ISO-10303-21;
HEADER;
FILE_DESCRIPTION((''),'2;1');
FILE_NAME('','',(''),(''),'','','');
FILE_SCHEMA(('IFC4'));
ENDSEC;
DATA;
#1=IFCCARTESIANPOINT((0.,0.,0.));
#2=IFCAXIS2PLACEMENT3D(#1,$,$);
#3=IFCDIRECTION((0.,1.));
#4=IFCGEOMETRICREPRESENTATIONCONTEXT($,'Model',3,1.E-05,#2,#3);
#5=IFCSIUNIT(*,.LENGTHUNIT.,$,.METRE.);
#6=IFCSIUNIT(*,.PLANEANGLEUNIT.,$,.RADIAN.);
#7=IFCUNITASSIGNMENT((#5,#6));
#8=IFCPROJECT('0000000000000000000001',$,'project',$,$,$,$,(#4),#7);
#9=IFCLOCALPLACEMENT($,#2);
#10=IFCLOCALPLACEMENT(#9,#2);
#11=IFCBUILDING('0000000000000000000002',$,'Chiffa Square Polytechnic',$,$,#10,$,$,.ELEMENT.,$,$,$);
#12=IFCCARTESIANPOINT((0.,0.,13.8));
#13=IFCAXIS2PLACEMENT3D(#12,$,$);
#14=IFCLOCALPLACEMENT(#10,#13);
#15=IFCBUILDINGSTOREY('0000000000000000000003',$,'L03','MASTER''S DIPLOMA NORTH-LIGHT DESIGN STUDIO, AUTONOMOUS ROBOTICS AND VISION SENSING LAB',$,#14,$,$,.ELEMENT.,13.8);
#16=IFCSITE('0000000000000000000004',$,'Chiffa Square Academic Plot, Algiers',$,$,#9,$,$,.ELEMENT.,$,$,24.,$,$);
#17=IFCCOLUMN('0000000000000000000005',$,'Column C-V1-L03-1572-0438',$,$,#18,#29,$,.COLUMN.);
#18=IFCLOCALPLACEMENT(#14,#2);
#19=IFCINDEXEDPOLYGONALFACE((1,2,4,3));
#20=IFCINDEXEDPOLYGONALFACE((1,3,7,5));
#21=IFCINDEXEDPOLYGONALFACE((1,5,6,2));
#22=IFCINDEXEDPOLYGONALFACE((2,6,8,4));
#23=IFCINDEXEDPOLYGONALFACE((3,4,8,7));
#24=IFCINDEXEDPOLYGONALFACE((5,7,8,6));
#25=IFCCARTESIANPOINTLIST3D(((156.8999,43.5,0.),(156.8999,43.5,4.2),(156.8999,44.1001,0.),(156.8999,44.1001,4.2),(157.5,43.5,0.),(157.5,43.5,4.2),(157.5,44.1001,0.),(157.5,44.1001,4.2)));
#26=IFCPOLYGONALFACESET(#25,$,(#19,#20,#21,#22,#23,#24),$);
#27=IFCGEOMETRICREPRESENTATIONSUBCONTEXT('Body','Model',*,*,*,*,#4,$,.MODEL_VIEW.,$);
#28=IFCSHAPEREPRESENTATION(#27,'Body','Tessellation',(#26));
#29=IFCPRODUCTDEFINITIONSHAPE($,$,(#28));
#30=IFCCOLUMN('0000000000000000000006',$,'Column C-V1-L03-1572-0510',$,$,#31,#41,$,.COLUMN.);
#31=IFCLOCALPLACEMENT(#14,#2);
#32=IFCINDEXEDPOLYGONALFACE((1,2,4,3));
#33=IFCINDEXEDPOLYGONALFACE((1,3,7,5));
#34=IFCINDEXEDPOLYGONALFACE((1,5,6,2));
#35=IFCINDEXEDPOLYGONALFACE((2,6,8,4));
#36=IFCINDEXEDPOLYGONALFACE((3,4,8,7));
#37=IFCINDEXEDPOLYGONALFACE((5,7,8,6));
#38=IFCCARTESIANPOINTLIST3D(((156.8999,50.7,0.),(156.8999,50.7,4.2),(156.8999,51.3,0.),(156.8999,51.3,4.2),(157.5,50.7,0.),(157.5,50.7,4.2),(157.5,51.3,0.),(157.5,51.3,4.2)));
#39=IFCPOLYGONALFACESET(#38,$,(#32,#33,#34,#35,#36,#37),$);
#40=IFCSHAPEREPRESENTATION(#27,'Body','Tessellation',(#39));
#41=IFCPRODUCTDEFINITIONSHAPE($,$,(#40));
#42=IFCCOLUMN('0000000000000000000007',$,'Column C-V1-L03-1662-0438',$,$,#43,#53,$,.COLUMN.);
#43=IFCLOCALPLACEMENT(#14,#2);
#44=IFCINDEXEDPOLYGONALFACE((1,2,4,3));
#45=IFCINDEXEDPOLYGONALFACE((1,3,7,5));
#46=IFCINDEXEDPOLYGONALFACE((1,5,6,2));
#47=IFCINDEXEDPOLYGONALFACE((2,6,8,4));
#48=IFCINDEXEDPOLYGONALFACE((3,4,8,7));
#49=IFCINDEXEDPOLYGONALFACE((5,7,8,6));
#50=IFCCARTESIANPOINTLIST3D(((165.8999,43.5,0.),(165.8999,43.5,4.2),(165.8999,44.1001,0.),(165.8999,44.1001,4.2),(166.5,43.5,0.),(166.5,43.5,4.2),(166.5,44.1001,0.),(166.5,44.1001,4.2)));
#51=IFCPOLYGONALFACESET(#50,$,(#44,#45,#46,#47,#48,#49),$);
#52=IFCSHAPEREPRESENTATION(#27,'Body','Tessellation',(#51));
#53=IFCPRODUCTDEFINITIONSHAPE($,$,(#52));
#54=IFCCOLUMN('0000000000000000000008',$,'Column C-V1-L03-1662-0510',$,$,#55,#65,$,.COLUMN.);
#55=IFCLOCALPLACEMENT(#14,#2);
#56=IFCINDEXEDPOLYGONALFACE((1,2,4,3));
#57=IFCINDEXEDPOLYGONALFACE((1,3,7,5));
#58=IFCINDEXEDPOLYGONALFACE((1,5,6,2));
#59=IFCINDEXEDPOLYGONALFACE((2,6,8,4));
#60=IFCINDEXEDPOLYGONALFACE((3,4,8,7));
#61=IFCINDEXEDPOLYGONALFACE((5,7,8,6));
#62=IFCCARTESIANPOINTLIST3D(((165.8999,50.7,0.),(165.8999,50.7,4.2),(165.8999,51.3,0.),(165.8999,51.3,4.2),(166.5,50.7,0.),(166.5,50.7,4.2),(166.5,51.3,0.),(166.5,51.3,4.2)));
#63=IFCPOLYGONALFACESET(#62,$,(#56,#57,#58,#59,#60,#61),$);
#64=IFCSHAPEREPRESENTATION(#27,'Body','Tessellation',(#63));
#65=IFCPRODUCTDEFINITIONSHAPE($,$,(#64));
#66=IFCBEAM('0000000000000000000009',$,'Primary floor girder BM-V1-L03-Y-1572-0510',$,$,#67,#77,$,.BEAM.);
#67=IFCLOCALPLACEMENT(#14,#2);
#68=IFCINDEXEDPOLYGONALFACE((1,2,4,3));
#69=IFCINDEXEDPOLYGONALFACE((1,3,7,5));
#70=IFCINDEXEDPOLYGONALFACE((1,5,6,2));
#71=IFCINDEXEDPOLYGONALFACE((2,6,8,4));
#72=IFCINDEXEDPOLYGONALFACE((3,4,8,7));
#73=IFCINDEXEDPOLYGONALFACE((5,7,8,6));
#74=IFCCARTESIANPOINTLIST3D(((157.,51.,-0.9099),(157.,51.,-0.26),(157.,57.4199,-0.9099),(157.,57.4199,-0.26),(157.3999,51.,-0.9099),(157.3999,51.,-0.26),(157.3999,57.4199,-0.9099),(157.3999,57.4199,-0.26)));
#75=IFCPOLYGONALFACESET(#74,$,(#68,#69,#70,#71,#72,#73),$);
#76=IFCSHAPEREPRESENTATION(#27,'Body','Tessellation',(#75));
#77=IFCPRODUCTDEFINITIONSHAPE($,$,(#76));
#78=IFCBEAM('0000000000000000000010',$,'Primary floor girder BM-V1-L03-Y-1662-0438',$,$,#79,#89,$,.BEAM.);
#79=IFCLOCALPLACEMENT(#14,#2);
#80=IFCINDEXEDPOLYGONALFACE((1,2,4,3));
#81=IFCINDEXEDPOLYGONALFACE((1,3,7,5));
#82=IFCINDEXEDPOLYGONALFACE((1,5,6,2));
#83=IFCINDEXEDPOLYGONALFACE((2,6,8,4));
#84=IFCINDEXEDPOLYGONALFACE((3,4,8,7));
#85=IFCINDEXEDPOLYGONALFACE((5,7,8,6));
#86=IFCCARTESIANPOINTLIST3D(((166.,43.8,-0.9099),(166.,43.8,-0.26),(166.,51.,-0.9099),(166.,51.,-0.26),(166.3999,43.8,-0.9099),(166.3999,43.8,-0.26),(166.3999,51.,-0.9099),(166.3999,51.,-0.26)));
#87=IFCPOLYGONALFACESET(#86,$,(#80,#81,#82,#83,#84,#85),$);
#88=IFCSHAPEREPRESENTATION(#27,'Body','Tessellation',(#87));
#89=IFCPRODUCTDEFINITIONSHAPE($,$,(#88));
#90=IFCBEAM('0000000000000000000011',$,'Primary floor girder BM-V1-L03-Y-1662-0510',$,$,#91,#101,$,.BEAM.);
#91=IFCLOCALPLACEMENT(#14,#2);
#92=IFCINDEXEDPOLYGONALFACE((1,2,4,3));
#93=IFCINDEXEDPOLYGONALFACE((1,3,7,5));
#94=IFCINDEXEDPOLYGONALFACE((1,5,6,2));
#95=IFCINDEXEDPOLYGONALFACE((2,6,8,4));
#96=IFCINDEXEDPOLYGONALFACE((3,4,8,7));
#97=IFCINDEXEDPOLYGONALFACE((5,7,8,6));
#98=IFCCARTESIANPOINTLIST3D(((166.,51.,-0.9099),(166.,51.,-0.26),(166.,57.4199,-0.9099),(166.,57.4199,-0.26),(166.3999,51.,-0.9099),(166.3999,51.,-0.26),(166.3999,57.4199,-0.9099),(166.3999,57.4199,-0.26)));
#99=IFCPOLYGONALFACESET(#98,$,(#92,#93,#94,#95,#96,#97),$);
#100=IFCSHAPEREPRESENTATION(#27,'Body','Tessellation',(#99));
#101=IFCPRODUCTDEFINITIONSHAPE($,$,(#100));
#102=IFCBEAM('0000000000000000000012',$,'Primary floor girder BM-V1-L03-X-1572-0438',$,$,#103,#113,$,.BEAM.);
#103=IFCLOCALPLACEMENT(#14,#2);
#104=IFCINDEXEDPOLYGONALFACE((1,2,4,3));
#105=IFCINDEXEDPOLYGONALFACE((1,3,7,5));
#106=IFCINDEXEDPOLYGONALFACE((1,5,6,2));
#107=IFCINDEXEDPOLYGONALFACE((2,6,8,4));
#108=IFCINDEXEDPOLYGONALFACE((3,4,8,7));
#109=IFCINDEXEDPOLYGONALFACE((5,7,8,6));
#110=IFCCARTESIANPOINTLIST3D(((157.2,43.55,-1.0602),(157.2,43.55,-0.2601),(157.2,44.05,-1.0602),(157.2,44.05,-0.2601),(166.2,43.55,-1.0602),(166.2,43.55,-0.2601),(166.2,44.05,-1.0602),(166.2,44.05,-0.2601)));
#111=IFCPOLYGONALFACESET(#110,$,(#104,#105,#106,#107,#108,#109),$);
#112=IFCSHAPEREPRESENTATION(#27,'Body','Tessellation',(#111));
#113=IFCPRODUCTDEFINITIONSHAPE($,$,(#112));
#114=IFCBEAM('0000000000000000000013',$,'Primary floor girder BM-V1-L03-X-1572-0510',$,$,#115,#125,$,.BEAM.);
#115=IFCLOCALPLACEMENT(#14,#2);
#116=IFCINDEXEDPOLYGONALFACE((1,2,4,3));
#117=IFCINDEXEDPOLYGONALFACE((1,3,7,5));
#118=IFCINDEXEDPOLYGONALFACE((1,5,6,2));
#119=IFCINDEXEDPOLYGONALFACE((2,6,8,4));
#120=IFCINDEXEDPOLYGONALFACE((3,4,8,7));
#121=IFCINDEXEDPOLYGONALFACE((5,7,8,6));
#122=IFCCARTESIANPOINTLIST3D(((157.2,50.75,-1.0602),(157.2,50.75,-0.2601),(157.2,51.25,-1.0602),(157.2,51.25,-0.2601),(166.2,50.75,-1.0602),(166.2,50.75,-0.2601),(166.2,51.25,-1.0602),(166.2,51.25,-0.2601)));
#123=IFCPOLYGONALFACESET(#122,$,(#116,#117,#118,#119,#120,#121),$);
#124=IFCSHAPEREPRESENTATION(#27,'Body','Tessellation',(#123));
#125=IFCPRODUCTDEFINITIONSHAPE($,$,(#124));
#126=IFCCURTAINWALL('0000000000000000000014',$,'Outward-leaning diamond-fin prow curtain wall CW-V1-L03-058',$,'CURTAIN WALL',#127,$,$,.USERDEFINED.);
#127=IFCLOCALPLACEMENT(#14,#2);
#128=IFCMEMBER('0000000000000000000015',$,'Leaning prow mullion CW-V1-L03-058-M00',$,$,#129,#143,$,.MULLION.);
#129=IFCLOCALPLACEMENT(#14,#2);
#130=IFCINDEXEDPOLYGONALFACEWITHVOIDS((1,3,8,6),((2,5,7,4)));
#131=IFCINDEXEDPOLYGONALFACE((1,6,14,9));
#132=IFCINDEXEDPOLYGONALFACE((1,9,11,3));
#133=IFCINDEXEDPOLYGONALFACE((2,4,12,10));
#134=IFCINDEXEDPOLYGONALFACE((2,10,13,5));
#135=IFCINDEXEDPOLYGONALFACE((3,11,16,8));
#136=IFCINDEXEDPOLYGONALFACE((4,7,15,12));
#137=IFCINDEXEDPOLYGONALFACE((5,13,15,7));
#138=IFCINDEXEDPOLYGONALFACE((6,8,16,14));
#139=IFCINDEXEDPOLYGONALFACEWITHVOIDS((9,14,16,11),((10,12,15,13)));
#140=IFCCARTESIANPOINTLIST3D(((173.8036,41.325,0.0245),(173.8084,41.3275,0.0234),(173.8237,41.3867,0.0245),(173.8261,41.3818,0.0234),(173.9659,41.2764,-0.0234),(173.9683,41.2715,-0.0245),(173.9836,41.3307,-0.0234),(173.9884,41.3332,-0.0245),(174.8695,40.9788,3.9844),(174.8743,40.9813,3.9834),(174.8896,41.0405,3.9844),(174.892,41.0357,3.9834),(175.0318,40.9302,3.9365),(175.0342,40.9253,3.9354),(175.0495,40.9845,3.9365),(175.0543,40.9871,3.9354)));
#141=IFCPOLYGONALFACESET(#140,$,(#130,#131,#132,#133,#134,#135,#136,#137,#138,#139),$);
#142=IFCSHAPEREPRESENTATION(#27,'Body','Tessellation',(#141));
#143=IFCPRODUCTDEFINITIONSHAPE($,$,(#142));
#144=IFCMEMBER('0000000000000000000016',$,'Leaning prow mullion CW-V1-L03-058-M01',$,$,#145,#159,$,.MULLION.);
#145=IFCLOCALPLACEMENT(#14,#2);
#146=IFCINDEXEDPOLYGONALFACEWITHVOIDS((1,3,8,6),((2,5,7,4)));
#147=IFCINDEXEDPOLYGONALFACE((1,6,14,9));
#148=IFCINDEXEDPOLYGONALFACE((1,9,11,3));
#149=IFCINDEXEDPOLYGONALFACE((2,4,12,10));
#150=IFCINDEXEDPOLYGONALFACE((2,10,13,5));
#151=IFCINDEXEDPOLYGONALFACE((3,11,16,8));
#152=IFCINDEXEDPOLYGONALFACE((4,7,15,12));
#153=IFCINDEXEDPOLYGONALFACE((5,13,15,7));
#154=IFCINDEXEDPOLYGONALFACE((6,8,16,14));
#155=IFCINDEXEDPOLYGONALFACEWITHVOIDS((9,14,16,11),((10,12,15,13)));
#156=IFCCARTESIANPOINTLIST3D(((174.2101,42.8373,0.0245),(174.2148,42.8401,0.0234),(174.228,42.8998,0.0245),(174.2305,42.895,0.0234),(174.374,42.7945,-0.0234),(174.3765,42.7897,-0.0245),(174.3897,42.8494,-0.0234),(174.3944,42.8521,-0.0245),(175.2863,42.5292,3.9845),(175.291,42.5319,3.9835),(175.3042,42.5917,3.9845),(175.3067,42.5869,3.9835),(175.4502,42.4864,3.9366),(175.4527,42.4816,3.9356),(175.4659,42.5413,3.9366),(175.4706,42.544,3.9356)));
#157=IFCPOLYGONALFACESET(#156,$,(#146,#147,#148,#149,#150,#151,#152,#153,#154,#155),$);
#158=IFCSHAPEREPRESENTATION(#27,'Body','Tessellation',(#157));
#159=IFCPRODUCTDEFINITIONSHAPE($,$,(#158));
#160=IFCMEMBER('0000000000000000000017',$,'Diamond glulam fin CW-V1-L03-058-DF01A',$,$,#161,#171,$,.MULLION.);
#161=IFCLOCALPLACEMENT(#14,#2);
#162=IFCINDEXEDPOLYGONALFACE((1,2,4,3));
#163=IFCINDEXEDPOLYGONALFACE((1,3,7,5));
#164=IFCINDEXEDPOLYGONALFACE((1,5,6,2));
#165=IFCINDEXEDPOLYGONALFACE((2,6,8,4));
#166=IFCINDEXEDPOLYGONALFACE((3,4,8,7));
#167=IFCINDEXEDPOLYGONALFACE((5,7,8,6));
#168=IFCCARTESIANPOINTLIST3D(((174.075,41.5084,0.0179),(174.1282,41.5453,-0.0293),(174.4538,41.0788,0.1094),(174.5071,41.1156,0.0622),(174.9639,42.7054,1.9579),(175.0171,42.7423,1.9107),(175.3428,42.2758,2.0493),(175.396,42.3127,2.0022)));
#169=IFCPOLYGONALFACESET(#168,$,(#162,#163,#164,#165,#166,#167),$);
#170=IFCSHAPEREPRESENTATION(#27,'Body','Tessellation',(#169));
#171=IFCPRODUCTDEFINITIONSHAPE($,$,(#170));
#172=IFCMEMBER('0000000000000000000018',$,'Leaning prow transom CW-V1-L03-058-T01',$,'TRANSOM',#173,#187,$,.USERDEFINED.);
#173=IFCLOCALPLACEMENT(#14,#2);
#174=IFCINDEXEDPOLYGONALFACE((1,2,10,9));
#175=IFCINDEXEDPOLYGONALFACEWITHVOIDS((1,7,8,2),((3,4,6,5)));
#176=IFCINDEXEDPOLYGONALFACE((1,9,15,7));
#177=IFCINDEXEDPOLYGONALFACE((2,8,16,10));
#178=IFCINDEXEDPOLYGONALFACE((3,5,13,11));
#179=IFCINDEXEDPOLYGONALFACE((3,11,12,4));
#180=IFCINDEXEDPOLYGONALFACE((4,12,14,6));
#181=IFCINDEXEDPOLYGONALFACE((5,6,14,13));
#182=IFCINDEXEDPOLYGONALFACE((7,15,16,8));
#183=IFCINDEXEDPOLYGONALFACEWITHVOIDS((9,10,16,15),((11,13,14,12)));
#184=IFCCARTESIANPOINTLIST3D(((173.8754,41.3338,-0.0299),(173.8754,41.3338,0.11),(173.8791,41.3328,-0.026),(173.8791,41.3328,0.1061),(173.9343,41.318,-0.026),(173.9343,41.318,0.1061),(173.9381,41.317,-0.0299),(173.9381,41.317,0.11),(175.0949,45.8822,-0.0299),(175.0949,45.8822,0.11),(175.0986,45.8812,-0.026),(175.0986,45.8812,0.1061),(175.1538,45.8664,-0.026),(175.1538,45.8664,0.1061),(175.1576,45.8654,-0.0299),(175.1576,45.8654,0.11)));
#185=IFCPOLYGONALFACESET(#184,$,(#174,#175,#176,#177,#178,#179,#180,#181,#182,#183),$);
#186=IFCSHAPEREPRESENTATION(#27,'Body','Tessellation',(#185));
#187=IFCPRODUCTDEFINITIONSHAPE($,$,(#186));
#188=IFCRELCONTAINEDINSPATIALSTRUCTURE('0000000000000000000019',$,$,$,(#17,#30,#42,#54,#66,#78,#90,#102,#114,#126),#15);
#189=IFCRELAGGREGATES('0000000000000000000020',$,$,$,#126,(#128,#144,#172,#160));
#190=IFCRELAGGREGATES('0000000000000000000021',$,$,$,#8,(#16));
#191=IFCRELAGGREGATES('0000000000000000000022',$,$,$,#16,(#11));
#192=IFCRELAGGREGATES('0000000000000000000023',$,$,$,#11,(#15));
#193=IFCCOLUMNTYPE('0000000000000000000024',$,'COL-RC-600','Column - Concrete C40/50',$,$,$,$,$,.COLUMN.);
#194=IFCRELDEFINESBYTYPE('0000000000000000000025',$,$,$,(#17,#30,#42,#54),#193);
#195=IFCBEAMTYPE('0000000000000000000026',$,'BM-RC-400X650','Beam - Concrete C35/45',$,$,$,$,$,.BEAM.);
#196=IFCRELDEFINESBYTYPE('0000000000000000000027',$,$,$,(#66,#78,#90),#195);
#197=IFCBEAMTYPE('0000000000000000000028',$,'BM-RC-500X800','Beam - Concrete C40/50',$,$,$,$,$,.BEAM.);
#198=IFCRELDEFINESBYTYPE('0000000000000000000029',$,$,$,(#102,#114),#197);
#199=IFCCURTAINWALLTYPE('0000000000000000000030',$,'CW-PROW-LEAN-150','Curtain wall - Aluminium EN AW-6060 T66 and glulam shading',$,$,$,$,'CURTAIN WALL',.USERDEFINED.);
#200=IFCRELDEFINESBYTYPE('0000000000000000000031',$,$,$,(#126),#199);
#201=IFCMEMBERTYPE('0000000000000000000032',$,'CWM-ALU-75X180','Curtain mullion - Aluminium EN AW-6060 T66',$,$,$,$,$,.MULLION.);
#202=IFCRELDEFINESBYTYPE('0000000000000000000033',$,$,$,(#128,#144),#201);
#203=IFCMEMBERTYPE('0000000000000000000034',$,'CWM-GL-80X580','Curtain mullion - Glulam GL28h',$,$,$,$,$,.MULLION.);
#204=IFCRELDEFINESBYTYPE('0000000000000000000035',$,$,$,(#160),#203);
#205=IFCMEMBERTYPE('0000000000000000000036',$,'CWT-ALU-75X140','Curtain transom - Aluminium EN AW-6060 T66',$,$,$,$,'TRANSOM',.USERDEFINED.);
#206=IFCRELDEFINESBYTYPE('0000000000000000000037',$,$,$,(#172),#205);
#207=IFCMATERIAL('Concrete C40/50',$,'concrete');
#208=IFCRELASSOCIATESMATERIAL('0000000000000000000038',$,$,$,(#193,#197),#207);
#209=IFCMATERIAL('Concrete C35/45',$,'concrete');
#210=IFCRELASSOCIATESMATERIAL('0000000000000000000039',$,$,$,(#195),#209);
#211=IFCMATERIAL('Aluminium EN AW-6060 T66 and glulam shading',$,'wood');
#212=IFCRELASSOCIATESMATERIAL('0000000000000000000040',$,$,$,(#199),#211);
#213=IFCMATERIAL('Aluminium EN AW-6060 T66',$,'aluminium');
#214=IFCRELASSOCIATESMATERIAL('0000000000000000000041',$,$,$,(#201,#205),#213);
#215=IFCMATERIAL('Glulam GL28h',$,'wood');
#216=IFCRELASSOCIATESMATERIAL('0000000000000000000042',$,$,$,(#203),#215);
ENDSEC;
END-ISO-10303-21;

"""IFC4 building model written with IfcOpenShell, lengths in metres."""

from ifc_helpers import new_model, si_unit, direction, frame, origin, origin_2d, place, context, subcontext, project, spatial, rectangle, hollow_rectangle, extrude, material, material_profile, profile_set, type_object, element, aggregate, save


model = new_model("IFC4")

# Units and contexts
model_context = context("Model", 3, precision=1e-05, world=origin(), true_north=direction((0.0, 1.0)))
body_context = subcontext(model_context, "Body", "Model", "MODEL_VIEW")
ifc_project = project(units=[si_unit("LENGTHUNIT", "METRE"), si_unit("PLANEANGLEUNIT", "RADIAN")], contexts=[model_context])

# Site, building, storey
site_placement = place(None, origin())
site = spatial("IfcSite", under=ifc_project, at=site_placement, Name="Chiffa Square Academic Plot, Algiers", CompositionType="ELEMENT", RefElevation=24.0)
building_placement = place(site_placement, origin())
building = spatial("IfcBuilding", under=site, at=building_placement, Name="Chiffa Square Polytechnic", CompositionType="ELEMENT")
storey_placement = place(building_placement, frame((0.0, 0.0, 13.8)))
storey = spatial("IfcBuildingStorey", under=building, at=storey_placement, Name="L03", Description="MASTER'S DIPLOMA NORTH-LIGHT DESIGN STUDIO, AUTONOMOUS ROBOTICS AND VISION SENSING LAB", CompositionType="ELEMENT", Elevation=13.8)

# Columns
ifc_material_1 = material(Name="Concrete C40/50", Category="concrete")
ifc_material_profile_1 = material_profile(ifc_material_1, rectangle(XDim=0.6001, YDim=0.6001, at=origin_2d()), Name="RC 600x600")
ifc_profile_set_1 = profile_set([ifc_material_profile_1], Name="Concrete C40/50")
column_type = type_object("IfcColumnType", Name="COL-RC-600", Description="Column - Concrete C40/50", PredefinedType="COLUMN", material=ifc_profile_set_1)
for number, where, z_axis, x_axis, name in (
    (1, (157.2, 43.8, 0.0), (0.0, 0.0, 1.0), (1.0, 0.0, 0.0), "Column C-V1-L03-1572-0438"),
    (2, (157.2, 51.0, 0.0), (0.0, 0.0, 1.0), (1.0, 0.0, 0.0), "Column C-V1-L03-1572-0510"),
    (3, (166.2, 43.8, 0.0), (0.0, 0.0, 1.0), (1.0, 0.0, 0.0), "Column C-V1-L03-1662-0438"),
    (4, (166.2, 51.0, 0.0), (0.0, 0.0, 1.0), (1.0, 0.0, 0.0), "Column C-V1-L03-1662-0510"),
):
    element("IfcColumn", number, at=place(storey_placement, frame(where, z_axis=z_axis, x_axis=x_axis)), inside=storey, type_object=column_type, Name=name, PredefinedType="COLUMN", context=body_context, shape_type="SweptSolid", body=[
        extrude(rectangle(XDim=0.6001, YDim=0.6001, at=origin_2d()), origin(), (0.0, 0.0, 1.0), 4.2),
    ])

# Beams
ifc_material_2 = material(Name="Concrete C35/45", Category="concrete")
ifc_material_profile_2 = material_profile(ifc_material_2, rectangle(XDim=0.3999, YDim=0.6499, at=origin_2d()), Name="RC 400x650")
ifc_profile_set_2 = profile_set([ifc_material_profile_2], Name="Concrete C35/45")
beam_type_1 = type_object("IfcBeamType", Name="BM-RC-400X650", Description="Beam - Concrete C35/45", PredefinedType="BEAM", material=ifc_profile_set_2)
beam_1_placement = place(storey_placement, frame((157.2, 51.0, -0.585), z_axis=(0.0, 1.0, 0.0), x_axis=(-1.0, 0.0, 0.0)))
element("IfcBeam", 5, at=beam_1_placement, inside=storey, type_object=beam_type_1, Name="Primary floor girder BM-V1-L03-Y-1572-0510", PredefinedType="BEAM", context=body_context, shape_type="SweptSolid", body=[
    extrude(rectangle(XDim=0.3999, YDim=0.6499, at=origin_2d()), origin(), (0.0, 0.0, 1.0), 6.4199),
])
beam_2_placement = place(storey_placement, frame((166.2, 43.8, -0.585), z_axis=(0.0, 1.0, 0.0), x_axis=(-1.0, 0.0, 0.0)))
element("IfcBeam", 6, at=beam_2_placement, inside=storey, type_object=beam_type_1, Name="Primary floor girder BM-V1-L03-Y-1662-0438", PredefinedType="BEAM", context=body_context, shape_type="SweptSolid", body=[
    extrude(rectangle(XDim=0.3999, YDim=0.6499, at=origin_2d()), origin(), (0.0, 0.0, 1.0), 7.2),
])
beam_3_placement = place(storey_placement, frame((166.2, 51.0, -0.585), z_axis=(0.0, 1.0, 0.0), x_axis=(-1.0, 0.0, 0.0)))
element("IfcBeam", 7, at=beam_3_placement, inside=storey, type_object=beam_type_1, Name="Primary floor girder BM-V1-L03-Y-1662-0510", PredefinedType="BEAM", context=body_context, shape_type="SweptSolid", body=[
    extrude(rectangle(XDim=0.3999, YDim=0.6499, at=origin_2d()), origin(), (0.0, 0.0, 1.0), 6.4199),
])
ifc_material_profile_3 = material_profile(ifc_material_1, rectangle(XDim=0.5, YDim=0.8, at=origin_2d()), Name="RC 500x800")
ifc_profile_set_3 = profile_set([ifc_material_profile_3], Name="Concrete C40/50")
beam_type_2 = type_object("IfcBeamType", Name="BM-RC-500X800", Description="Beam - Concrete C40/50", PredefinedType="BEAM", material=ifc_profile_set_3)
for number, where, z_axis, x_axis, name in (
    (8, (157.2, 43.8, -0.6602), (1.0, 0.0, 0.0), (0.0, 1.0, 0.0), "Primary floor girder BM-V1-L03-X-1572-0438"),
    (9, (157.2, 51.0, -0.6602), (1.0, 0.0, 0.0), (0.0, 1.0, 0.0), "Primary floor girder BM-V1-L03-X-1572-0510"),
):
    element("IfcBeam", number, at=place(storey_placement, frame(where, z_axis=z_axis, x_axis=x_axis)), inside=storey, type_object=beam_type_2, Name=name, PredefinedType="BEAM", context=body_context, shape_type="SweptSolid", body=[
        extrude(rectangle(XDim=0.5, YDim=0.8, at=origin_2d()), origin(), (0.0, 0.0, 1.0), 9.0),
    ])

# Curtain wall, members
ifc_material_3 = material(Name="Aluminium EN AW-6060 T66 and glulam shading", Category="wood")
curtain_wall_type = type_object("IfcCurtainWallType", Name="CW-PROW-LEAN-150", Description="Curtain wall - Aluminium EN AW-6060 T66 and glulam shading", ElementType="CURTAIN WALL", PredefinedType="USERDEFINED", material=ifc_material_3)
curtain_wall_placement = place(storey_placement, origin())
curtain_wall = element("IfcCurtainWall", 10, at=curtain_wall_placement, inside=storey, type_object=curtain_wall_type, Name="Outward-leaning diamond-fin prow curtain wall CW-V1-L03-058", ObjectType="CURTAIN WALL", PredefinedType="USERDEFINED")
ifc_material_4 = material(Name="Aluminium EN AW-6060 T66", Category="aluminium")
ifc_material_profile_4 = material_profile(ifc_material_4, hollow_rectangle(XDim=0.0649, YDim=0.1799, WallThickness=0.0039, at=origin_2d()), Name="ALU 65x180x4")
ifc_profile_set_4 = profile_set([ifc_material_profile_4], Name="Aluminium EN AW-6060 T66")
member_type_1 = type_object("IfcMemberType", Name="CWM-ALU-75X180", Description="Curtain mullion - Aluminium EN AW-6060 T66", PredefinedType="MULLION", material=ifc_profile_set_4)
member_1_placement = place(storey_placement, frame((173.896, 41.3291, 0.0), z_axis=(0.259001, -0.084119, 0.962207), x_axis=(0.308899, 0.951095, 0.0)))
member_1 = element("IfcMember", 11, at=member_1_placement, type_object=member_type_1, Name="Leaning prow mullion CW-V1-L03-058-M00", PredefinedType="MULLION", context=body_context, shape_type="SweptSolid", body=[
    extrude(hollow_rectangle(XDim=0.0649, YDim=0.1799, WallThickness=0.0039, at=origin_2d()), origin(), (0.0, 0.0, 1.0), 4.1155),
])
member_2_placement = place(storey_placement, frame((174.3022, 42.8447, 0.0), z_axis=(0.261515, -0.074871, 0.962291), x_axis=(0.27524, 0.961376, 0.0)))
member_2 = element("IfcMember", 12, at=member_2_placement, type_object=member_type_1, Name="Leaning prow mullion CW-V1-L03-058-M01", PredefinedType="MULLION", context=body_context, shape_type="SweptSolid", body=[
    extrude(hollow_rectangle(XDim=0.0649, YDim=0.1799, WallThickness=0.0039, at=origin_2d()), origin(), (0.0, 0.0, 1.0), 4.1152),
])
ifc_material_5 = material(Name="Glulam GL28h", Category="wood")
ifc_material_profile_5 = material_profile(ifc_material_5, rectangle(XDim=0.0801, YDim=0.5801, at=origin_2d()), Name="GL28h 80x580")
ifc_profile_set_5 = profile_set([ifc_material_profile_5], Name="Glulam GL28h")
member_type_2 = type_object("IfcMemberType", Name="CWM-GL-80X580", Description="Curtain mullion - Glulam GL28h", PredefinedType="MULLION", material=ifc_profile_set_5)
member_3_placement = place(storey_placement, frame((174.291, 41.312, 0.04), z_axis=(0.36331, 0.489237, 0.792877), x_axis=(-0.664392, -0.460557, 0.588618)))
member_3 = element("IfcMember", 13, at=member_3_placement, type_object=member_type_2, Name="Diamond glulam fin CW-V1-L03-058-DF01A", PredefinedType="MULLION", context=body_context, shape_type="SweptSolid", body=[
    extrude(rectangle(XDim=0.0801, YDim=0.5801, at=origin_2d()), origin(), (0.0, 0.0, 1.0), 2.4468),
])
ifc_material_profile_6 = material_profile(ifc_material_4, hollow_rectangle(XDim=0.0649, YDim=0.1399, WallThickness=0.0039, at=origin_2d()), Name="ALU 65x140x4")
ifc_profile_set_6 = profile_set([ifc_material_profile_6], Name="Aluminium EN AW-6060 T66")
member_type_3 = type_object("IfcMemberType", Name="CWT-ALU-75X140", Description="Curtain transom - Aluminium EN AW-6060 T66", ElementType="TRANSOM", PredefinedType="USERDEFINED", material=ifc_profile_set_6)
member_4_placement = place(storey_placement, frame((173.9067, 41.3254, 0.04), z_axis=(0.258969, 0.965886, 0.0), x_axis=(-0.965886, 0.258969, 0.0)))
member_4 = element("IfcMember", 14, at=member_4_placement, type_object=member_type_3, Name="Leaning prow transom CW-V1-L03-058-T01", ObjectType="TRANSOM", PredefinedType="USERDEFINED", context=body_context, shape_type="SweptSolid", body=[
    extrude(hollow_rectangle(XDim=0.0649, YDim=0.1399, WallThickness=0.0039, at=origin_2d()), origin(), (0.0, 0.0, 1.0), 4.709),
])

aggregate(curtain_wall, [member_1, member_2, member_4, member_3])

save(model, "model.ifc")
